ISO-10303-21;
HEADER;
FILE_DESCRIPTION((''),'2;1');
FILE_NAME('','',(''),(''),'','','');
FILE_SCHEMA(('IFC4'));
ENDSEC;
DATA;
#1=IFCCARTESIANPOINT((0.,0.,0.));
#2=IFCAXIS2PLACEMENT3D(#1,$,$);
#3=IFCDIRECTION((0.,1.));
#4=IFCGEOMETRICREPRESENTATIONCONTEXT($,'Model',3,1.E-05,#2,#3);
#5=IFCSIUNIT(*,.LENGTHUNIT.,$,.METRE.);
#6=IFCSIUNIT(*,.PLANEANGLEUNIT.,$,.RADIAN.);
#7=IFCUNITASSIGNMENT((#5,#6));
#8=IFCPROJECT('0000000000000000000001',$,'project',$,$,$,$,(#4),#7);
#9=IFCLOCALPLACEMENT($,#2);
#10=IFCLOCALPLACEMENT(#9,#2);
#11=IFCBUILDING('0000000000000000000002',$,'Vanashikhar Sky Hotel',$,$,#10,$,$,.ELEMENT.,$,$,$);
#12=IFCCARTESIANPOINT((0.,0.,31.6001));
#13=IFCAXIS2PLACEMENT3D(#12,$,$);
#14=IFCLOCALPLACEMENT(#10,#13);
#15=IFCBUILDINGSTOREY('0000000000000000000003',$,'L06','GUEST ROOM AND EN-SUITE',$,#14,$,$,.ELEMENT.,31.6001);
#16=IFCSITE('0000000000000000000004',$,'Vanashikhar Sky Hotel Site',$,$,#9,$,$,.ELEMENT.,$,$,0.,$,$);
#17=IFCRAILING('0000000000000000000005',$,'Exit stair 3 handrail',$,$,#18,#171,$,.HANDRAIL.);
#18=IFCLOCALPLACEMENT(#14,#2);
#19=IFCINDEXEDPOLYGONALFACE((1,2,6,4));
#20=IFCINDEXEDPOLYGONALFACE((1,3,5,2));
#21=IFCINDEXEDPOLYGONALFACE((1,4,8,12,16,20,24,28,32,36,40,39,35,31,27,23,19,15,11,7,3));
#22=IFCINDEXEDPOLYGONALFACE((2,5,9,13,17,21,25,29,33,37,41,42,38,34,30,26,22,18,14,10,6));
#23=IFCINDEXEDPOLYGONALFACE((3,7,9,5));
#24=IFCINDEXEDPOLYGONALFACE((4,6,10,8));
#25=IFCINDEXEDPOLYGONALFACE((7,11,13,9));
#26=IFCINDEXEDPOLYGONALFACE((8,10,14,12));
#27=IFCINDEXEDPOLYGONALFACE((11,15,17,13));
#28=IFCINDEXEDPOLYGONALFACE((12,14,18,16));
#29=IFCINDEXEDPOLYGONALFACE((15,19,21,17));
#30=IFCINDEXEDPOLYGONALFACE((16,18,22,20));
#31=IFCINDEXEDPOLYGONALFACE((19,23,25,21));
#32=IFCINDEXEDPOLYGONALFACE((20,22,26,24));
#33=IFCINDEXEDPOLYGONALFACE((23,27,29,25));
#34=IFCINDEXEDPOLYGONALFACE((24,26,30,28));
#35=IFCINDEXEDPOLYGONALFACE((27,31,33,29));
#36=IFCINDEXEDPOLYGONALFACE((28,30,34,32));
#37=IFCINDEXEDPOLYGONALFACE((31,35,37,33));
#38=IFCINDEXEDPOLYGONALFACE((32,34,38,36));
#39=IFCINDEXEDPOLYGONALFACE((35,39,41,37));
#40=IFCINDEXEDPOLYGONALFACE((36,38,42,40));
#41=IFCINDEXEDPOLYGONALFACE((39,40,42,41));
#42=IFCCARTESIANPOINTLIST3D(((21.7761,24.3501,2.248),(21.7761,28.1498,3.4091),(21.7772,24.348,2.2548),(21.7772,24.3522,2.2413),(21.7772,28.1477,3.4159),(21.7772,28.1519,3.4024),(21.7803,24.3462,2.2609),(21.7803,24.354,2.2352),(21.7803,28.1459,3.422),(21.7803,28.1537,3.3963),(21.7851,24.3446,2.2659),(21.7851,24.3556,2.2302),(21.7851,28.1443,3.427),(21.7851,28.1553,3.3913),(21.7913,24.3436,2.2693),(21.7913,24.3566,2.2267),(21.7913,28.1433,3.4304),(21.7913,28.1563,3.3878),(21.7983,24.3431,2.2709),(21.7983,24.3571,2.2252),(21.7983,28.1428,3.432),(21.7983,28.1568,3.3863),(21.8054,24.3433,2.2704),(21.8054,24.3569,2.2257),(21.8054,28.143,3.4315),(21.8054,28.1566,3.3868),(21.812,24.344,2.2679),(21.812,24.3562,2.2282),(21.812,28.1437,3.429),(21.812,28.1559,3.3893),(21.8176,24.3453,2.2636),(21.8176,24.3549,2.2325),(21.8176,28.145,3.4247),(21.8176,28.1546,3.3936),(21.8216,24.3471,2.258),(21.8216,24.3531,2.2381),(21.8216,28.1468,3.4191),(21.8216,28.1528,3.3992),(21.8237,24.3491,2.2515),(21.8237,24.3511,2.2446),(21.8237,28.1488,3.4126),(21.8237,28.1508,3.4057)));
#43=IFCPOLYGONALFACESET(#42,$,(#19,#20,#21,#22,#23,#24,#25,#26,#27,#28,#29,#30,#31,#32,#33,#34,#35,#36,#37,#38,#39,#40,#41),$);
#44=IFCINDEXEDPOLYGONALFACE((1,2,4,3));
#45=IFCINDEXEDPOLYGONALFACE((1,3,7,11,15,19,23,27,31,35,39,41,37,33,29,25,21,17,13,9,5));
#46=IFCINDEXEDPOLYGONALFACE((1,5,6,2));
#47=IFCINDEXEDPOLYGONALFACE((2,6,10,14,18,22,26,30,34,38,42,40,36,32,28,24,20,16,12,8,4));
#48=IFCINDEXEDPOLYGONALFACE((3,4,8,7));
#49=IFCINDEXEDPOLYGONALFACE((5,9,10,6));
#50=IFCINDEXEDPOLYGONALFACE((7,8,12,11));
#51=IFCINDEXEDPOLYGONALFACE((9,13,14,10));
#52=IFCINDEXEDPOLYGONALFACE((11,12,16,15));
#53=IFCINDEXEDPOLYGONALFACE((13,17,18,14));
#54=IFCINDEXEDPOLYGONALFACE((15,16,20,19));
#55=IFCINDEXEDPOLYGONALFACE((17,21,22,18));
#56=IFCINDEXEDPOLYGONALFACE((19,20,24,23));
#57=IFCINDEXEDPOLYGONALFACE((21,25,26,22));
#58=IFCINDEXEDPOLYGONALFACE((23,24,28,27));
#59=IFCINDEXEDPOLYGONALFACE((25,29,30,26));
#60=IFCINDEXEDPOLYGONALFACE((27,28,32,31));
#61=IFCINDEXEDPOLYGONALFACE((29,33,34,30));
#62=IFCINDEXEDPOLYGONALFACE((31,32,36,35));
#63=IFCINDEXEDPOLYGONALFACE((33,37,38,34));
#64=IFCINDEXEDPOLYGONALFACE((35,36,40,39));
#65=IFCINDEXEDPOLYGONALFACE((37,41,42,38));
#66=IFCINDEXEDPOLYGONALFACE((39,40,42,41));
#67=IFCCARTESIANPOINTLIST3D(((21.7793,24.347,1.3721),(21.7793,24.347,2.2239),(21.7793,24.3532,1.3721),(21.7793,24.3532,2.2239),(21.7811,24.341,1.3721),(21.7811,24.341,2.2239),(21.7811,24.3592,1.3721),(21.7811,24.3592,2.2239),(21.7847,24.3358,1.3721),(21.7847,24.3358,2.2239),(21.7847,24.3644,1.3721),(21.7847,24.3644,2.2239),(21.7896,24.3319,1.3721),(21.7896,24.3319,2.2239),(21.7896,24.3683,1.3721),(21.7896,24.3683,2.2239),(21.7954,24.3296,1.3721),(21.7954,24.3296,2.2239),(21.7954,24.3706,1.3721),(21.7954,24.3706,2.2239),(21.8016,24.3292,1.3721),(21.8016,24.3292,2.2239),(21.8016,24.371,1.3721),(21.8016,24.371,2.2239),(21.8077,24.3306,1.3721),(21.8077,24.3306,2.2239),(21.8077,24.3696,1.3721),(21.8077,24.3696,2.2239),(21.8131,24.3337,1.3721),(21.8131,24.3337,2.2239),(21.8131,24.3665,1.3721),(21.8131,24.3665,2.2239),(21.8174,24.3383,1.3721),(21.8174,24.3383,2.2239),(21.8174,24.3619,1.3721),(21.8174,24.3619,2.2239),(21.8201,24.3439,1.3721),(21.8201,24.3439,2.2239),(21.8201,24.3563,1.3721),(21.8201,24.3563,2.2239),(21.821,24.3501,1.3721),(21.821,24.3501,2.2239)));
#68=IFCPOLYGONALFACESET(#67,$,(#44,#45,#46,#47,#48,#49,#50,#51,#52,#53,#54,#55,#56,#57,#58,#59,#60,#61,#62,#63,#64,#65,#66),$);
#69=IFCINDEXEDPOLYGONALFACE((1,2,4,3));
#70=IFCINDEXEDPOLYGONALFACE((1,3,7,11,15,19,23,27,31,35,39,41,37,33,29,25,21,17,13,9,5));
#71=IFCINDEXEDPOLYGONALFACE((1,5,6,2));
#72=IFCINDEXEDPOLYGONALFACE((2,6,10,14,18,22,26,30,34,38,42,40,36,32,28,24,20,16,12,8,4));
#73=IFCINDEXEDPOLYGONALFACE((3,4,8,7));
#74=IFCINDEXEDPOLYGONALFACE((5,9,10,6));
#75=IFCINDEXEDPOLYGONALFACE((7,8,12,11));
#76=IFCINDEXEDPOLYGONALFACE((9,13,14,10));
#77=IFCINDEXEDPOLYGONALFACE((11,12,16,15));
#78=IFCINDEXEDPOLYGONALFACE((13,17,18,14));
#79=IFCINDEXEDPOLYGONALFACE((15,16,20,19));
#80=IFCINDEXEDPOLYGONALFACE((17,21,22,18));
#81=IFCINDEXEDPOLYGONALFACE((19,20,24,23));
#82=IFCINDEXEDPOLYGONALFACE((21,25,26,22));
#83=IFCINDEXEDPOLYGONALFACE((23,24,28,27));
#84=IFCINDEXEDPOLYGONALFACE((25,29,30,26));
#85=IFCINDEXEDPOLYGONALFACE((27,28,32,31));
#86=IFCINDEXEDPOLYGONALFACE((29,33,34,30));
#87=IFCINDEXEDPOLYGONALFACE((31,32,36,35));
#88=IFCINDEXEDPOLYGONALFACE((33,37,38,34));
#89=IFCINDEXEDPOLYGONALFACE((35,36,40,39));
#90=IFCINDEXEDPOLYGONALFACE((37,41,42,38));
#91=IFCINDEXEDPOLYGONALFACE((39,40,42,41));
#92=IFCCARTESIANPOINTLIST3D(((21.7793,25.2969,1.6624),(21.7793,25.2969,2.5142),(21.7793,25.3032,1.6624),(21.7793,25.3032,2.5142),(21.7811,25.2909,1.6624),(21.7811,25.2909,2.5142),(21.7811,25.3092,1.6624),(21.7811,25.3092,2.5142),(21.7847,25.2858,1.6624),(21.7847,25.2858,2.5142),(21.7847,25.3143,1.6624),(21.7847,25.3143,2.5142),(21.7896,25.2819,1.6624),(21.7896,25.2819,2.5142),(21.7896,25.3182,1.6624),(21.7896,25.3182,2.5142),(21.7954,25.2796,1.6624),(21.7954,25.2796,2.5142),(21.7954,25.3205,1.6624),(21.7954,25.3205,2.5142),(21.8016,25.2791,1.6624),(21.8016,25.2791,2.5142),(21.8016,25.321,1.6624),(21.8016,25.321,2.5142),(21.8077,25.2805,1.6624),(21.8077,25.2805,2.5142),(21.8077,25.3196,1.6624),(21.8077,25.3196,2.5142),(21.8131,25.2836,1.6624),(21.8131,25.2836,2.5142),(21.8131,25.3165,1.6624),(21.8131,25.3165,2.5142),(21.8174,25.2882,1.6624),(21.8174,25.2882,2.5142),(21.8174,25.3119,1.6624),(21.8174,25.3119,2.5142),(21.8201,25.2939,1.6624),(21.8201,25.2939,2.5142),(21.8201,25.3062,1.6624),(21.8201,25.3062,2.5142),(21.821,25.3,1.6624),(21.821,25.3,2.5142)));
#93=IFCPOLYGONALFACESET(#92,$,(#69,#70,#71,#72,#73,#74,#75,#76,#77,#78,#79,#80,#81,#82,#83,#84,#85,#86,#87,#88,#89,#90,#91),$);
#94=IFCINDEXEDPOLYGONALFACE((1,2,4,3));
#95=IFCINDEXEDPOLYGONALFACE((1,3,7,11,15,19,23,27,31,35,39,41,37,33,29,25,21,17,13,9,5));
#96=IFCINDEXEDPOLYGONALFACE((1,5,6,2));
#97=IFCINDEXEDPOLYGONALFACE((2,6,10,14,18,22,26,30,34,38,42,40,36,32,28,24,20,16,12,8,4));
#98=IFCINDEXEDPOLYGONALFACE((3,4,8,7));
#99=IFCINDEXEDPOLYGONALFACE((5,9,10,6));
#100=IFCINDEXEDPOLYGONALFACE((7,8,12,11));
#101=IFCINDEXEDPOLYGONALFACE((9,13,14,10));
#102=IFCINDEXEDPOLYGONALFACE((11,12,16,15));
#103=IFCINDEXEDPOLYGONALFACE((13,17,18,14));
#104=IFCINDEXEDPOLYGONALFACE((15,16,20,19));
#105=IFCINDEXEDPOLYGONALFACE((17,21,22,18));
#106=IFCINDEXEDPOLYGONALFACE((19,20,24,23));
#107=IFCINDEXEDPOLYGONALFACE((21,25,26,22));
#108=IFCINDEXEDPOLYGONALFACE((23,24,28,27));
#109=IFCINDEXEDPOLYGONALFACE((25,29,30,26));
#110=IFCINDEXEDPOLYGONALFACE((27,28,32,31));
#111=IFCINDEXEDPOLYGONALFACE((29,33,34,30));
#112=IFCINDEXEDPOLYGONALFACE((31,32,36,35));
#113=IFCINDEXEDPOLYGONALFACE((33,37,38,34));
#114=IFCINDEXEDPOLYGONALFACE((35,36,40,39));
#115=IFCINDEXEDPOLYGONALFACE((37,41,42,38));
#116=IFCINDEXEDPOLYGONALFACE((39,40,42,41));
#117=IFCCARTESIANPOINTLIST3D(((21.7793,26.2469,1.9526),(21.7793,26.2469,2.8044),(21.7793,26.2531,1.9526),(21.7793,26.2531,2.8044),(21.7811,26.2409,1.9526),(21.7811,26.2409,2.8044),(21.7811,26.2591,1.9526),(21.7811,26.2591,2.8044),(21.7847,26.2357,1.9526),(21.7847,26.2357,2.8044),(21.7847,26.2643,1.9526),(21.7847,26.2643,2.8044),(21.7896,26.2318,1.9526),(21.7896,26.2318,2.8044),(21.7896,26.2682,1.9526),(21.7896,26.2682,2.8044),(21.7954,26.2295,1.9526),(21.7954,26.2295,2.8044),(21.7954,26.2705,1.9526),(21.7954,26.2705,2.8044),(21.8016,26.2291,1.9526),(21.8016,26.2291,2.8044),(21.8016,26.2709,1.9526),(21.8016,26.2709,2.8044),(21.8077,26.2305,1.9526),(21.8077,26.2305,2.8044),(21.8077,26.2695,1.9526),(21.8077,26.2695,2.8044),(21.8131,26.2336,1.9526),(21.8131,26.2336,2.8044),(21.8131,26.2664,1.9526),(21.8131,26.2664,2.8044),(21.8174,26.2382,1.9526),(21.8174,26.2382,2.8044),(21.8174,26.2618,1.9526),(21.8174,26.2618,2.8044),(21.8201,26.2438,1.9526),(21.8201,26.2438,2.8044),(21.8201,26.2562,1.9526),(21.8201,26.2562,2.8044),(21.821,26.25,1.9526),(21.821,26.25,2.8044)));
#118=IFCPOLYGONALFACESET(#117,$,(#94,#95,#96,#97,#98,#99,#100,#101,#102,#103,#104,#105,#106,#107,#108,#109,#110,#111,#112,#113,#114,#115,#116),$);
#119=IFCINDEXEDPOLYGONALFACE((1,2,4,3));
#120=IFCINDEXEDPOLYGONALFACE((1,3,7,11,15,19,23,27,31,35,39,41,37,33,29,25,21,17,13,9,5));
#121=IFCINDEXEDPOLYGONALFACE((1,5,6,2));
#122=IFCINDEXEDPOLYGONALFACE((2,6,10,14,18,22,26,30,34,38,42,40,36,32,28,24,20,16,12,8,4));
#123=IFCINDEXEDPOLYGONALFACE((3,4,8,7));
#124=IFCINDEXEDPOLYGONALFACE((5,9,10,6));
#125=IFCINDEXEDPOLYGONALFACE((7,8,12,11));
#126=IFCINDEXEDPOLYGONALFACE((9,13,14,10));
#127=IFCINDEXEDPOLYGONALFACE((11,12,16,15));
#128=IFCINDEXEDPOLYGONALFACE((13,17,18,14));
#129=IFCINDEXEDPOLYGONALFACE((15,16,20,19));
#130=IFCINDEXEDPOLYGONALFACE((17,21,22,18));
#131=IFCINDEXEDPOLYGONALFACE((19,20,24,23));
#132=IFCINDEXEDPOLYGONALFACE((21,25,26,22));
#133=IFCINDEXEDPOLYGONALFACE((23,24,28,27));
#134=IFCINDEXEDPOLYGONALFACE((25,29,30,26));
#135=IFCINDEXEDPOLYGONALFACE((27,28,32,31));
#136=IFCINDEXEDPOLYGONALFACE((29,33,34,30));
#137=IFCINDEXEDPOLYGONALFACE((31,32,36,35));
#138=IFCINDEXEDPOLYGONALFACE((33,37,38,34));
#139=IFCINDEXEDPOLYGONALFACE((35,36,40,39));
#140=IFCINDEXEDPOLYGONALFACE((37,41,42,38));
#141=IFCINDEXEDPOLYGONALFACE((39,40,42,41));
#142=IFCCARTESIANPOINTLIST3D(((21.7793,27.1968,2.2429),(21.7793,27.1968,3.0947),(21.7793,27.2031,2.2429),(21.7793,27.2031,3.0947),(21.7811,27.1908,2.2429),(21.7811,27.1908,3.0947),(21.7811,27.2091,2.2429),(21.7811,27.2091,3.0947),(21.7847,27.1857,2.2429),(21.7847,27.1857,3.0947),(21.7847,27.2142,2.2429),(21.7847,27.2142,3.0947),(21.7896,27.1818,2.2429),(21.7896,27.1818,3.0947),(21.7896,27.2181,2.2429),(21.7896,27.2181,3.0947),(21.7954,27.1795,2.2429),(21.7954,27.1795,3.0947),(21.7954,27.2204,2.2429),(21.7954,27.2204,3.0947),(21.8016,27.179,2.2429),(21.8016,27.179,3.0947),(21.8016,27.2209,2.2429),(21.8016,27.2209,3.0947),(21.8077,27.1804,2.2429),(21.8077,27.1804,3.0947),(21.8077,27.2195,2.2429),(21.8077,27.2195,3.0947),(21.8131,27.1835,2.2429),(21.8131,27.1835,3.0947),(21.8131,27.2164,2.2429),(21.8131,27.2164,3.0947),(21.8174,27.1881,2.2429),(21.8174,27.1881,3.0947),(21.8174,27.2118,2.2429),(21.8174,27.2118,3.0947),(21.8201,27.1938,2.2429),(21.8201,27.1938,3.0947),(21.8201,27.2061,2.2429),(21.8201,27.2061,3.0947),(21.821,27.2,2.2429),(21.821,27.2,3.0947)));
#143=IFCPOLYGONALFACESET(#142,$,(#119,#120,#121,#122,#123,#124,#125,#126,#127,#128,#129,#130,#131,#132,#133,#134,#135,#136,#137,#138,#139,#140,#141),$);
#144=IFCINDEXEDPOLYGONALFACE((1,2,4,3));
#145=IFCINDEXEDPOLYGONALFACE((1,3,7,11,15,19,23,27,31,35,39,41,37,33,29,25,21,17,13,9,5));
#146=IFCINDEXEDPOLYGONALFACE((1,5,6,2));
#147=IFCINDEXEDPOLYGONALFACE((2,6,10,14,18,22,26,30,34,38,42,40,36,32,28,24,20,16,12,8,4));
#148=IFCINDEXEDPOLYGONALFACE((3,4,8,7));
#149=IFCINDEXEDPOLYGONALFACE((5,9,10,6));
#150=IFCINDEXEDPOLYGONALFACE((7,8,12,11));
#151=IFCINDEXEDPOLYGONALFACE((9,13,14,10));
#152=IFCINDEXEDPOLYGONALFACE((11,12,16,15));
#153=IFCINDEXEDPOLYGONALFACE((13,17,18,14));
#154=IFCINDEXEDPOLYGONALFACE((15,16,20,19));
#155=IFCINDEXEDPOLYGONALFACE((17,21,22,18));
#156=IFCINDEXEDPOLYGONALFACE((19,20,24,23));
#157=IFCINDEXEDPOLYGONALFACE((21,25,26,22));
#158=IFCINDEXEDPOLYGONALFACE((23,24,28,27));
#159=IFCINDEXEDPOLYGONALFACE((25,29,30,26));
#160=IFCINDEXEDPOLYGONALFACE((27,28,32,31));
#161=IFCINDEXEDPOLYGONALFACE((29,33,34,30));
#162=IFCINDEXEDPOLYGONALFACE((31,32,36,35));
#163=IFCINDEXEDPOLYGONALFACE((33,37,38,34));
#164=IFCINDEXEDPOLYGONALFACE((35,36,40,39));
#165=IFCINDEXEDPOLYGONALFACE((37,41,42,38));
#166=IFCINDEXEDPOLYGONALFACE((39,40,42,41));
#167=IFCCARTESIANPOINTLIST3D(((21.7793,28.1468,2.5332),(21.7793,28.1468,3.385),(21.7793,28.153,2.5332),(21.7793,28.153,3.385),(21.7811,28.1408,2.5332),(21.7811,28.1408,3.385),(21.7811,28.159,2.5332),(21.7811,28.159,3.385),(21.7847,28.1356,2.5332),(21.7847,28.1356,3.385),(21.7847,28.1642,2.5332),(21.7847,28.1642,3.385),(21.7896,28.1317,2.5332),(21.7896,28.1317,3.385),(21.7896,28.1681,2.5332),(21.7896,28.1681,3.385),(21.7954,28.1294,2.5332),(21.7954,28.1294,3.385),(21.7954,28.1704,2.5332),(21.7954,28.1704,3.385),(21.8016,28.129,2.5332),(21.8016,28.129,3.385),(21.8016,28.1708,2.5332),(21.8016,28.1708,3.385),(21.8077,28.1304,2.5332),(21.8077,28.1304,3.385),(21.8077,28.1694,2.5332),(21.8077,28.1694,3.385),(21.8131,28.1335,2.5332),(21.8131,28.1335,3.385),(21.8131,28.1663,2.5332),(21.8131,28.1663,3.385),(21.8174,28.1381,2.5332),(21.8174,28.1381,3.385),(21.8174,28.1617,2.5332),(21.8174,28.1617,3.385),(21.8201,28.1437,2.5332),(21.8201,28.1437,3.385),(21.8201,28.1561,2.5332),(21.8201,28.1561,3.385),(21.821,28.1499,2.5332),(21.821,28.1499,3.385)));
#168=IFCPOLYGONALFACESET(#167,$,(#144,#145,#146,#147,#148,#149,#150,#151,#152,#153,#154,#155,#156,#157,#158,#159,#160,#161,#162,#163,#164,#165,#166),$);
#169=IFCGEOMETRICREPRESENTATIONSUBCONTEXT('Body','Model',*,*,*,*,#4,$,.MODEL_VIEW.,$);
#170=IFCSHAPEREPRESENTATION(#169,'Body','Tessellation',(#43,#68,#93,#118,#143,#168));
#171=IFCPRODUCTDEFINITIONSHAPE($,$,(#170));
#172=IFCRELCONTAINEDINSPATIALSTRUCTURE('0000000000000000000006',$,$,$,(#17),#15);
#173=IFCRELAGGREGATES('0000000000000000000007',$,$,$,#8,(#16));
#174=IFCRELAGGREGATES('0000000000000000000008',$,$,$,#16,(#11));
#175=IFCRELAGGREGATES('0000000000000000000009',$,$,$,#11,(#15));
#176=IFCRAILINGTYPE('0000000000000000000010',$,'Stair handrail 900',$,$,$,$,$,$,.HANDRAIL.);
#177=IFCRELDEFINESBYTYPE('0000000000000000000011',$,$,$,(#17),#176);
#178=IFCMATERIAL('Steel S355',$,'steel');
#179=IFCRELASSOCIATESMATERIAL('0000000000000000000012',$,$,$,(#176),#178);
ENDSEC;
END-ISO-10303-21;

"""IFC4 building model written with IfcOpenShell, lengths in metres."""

from ifc_helpers import new_model, si_unit, direction, frame, origin, origin_2d, place, context, subcontext, project, spatial, circle, extrude, source, transform, mapped, material, type_object, element, save


model = new_model("IFC4")

# Units and contexts
model_context = context("Model", 3, precision=1e-05, world=origin(), true_north=direction((0.0, 1.0)))
body_context = subcontext(model_context, "Body", "Model", "MODEL_VIEW")
ifc_project = project(units=[si_unit("LENGTHUNIT", "METRE"), si_unit("PLANEANGLEUNIT", "RADIAN")], contexts=[model_context])

# Site, building, storey
site_placement = place(None, origin())
site = spatial("IfcSite", under=ifc_project, at=site_placement, Name="Vanashikhar Sky Hotel Site", CompositionType="ELEMENT", RefElevation=0.0)
building_placement = place(site_placement, origin())
building = spatial("IfcBuilding", under=site, at=building_placement, Name="Vanashikhar Sky Hotel", CompositionType="ELEMENT")
storey_placement = place(building_placement, frame((0.0, 0.0, 31.6001)))
storey = spatial("IfcBuildingStorey", under=building, at=storey_placement, Name="L06", Description="GUEST ROOM AND EN-SUITE", CompositionType="ELEMENT", Elevation=31.6001)

# Railing
ifc_material_1 = material(Name="Steel S355", Category="steel")
railing_type_1 = type_object("IfcRailingType", Name="Stair handrail 900", PredefinedType="HANDRAIL", material=ifc_material_1)
shared_shape_1 = source(origin(), body_context, "Body", "SweptSolid", [
    extrude(circle(Radius=0.0239, at=origin_2d()), frame((0.0, 0.0, 0.876), z_axis=(0.0, 0.956346, 0.292237), x_axis=(-1.0, 0.0, 0.0)), (0.0, 0.0, 1.0), 3.9731),
    extrude(circle(Radius=0.021, at=origin_2d()), origin(), (0.0, 0.0, 1.0), 0.8518),
    extrude(circle(Radius=0.021, at=origin_2d()), frame((0.0, 0.95, 0.2903)), (0.0, 0.0, 1.0), 0.8518),
    extrude(circle(Radius=0.021, at=origin_2d()), frame((0.0, 1.8999, 0.5806)), (0.0, 0.0, 1.0), 0.8518),
    extrude(circle(Radius=0.021, at=origin_2d()), frame((0.0, 2.8499, 0.8708)), (0.0, 0.0, 1.0), 0.8518),
    extrude(circle(Radius=0.021, at=origin_2d()), frame((0.0, 3.7998, 1.1611)), (0.0, 0.0, 1.0), 0.8518),
])
railing_1_placement = place(storey_placement, frame((21.8, 24.3501, 1.3721)))
element("IfcRailing", 1, at=railing_1_placement, inside=storey, type_object=railing_type_1, Name="Exit stair 3 handrail", PredefinedType="HANDRAIL", context=body_context, shape_type="MappedRepresentation", body=[
    mapped(shared_shape_1, transform((0.0, 0.0, 0.0), scale=1.0)),
])

save(model, "model.ifc")
